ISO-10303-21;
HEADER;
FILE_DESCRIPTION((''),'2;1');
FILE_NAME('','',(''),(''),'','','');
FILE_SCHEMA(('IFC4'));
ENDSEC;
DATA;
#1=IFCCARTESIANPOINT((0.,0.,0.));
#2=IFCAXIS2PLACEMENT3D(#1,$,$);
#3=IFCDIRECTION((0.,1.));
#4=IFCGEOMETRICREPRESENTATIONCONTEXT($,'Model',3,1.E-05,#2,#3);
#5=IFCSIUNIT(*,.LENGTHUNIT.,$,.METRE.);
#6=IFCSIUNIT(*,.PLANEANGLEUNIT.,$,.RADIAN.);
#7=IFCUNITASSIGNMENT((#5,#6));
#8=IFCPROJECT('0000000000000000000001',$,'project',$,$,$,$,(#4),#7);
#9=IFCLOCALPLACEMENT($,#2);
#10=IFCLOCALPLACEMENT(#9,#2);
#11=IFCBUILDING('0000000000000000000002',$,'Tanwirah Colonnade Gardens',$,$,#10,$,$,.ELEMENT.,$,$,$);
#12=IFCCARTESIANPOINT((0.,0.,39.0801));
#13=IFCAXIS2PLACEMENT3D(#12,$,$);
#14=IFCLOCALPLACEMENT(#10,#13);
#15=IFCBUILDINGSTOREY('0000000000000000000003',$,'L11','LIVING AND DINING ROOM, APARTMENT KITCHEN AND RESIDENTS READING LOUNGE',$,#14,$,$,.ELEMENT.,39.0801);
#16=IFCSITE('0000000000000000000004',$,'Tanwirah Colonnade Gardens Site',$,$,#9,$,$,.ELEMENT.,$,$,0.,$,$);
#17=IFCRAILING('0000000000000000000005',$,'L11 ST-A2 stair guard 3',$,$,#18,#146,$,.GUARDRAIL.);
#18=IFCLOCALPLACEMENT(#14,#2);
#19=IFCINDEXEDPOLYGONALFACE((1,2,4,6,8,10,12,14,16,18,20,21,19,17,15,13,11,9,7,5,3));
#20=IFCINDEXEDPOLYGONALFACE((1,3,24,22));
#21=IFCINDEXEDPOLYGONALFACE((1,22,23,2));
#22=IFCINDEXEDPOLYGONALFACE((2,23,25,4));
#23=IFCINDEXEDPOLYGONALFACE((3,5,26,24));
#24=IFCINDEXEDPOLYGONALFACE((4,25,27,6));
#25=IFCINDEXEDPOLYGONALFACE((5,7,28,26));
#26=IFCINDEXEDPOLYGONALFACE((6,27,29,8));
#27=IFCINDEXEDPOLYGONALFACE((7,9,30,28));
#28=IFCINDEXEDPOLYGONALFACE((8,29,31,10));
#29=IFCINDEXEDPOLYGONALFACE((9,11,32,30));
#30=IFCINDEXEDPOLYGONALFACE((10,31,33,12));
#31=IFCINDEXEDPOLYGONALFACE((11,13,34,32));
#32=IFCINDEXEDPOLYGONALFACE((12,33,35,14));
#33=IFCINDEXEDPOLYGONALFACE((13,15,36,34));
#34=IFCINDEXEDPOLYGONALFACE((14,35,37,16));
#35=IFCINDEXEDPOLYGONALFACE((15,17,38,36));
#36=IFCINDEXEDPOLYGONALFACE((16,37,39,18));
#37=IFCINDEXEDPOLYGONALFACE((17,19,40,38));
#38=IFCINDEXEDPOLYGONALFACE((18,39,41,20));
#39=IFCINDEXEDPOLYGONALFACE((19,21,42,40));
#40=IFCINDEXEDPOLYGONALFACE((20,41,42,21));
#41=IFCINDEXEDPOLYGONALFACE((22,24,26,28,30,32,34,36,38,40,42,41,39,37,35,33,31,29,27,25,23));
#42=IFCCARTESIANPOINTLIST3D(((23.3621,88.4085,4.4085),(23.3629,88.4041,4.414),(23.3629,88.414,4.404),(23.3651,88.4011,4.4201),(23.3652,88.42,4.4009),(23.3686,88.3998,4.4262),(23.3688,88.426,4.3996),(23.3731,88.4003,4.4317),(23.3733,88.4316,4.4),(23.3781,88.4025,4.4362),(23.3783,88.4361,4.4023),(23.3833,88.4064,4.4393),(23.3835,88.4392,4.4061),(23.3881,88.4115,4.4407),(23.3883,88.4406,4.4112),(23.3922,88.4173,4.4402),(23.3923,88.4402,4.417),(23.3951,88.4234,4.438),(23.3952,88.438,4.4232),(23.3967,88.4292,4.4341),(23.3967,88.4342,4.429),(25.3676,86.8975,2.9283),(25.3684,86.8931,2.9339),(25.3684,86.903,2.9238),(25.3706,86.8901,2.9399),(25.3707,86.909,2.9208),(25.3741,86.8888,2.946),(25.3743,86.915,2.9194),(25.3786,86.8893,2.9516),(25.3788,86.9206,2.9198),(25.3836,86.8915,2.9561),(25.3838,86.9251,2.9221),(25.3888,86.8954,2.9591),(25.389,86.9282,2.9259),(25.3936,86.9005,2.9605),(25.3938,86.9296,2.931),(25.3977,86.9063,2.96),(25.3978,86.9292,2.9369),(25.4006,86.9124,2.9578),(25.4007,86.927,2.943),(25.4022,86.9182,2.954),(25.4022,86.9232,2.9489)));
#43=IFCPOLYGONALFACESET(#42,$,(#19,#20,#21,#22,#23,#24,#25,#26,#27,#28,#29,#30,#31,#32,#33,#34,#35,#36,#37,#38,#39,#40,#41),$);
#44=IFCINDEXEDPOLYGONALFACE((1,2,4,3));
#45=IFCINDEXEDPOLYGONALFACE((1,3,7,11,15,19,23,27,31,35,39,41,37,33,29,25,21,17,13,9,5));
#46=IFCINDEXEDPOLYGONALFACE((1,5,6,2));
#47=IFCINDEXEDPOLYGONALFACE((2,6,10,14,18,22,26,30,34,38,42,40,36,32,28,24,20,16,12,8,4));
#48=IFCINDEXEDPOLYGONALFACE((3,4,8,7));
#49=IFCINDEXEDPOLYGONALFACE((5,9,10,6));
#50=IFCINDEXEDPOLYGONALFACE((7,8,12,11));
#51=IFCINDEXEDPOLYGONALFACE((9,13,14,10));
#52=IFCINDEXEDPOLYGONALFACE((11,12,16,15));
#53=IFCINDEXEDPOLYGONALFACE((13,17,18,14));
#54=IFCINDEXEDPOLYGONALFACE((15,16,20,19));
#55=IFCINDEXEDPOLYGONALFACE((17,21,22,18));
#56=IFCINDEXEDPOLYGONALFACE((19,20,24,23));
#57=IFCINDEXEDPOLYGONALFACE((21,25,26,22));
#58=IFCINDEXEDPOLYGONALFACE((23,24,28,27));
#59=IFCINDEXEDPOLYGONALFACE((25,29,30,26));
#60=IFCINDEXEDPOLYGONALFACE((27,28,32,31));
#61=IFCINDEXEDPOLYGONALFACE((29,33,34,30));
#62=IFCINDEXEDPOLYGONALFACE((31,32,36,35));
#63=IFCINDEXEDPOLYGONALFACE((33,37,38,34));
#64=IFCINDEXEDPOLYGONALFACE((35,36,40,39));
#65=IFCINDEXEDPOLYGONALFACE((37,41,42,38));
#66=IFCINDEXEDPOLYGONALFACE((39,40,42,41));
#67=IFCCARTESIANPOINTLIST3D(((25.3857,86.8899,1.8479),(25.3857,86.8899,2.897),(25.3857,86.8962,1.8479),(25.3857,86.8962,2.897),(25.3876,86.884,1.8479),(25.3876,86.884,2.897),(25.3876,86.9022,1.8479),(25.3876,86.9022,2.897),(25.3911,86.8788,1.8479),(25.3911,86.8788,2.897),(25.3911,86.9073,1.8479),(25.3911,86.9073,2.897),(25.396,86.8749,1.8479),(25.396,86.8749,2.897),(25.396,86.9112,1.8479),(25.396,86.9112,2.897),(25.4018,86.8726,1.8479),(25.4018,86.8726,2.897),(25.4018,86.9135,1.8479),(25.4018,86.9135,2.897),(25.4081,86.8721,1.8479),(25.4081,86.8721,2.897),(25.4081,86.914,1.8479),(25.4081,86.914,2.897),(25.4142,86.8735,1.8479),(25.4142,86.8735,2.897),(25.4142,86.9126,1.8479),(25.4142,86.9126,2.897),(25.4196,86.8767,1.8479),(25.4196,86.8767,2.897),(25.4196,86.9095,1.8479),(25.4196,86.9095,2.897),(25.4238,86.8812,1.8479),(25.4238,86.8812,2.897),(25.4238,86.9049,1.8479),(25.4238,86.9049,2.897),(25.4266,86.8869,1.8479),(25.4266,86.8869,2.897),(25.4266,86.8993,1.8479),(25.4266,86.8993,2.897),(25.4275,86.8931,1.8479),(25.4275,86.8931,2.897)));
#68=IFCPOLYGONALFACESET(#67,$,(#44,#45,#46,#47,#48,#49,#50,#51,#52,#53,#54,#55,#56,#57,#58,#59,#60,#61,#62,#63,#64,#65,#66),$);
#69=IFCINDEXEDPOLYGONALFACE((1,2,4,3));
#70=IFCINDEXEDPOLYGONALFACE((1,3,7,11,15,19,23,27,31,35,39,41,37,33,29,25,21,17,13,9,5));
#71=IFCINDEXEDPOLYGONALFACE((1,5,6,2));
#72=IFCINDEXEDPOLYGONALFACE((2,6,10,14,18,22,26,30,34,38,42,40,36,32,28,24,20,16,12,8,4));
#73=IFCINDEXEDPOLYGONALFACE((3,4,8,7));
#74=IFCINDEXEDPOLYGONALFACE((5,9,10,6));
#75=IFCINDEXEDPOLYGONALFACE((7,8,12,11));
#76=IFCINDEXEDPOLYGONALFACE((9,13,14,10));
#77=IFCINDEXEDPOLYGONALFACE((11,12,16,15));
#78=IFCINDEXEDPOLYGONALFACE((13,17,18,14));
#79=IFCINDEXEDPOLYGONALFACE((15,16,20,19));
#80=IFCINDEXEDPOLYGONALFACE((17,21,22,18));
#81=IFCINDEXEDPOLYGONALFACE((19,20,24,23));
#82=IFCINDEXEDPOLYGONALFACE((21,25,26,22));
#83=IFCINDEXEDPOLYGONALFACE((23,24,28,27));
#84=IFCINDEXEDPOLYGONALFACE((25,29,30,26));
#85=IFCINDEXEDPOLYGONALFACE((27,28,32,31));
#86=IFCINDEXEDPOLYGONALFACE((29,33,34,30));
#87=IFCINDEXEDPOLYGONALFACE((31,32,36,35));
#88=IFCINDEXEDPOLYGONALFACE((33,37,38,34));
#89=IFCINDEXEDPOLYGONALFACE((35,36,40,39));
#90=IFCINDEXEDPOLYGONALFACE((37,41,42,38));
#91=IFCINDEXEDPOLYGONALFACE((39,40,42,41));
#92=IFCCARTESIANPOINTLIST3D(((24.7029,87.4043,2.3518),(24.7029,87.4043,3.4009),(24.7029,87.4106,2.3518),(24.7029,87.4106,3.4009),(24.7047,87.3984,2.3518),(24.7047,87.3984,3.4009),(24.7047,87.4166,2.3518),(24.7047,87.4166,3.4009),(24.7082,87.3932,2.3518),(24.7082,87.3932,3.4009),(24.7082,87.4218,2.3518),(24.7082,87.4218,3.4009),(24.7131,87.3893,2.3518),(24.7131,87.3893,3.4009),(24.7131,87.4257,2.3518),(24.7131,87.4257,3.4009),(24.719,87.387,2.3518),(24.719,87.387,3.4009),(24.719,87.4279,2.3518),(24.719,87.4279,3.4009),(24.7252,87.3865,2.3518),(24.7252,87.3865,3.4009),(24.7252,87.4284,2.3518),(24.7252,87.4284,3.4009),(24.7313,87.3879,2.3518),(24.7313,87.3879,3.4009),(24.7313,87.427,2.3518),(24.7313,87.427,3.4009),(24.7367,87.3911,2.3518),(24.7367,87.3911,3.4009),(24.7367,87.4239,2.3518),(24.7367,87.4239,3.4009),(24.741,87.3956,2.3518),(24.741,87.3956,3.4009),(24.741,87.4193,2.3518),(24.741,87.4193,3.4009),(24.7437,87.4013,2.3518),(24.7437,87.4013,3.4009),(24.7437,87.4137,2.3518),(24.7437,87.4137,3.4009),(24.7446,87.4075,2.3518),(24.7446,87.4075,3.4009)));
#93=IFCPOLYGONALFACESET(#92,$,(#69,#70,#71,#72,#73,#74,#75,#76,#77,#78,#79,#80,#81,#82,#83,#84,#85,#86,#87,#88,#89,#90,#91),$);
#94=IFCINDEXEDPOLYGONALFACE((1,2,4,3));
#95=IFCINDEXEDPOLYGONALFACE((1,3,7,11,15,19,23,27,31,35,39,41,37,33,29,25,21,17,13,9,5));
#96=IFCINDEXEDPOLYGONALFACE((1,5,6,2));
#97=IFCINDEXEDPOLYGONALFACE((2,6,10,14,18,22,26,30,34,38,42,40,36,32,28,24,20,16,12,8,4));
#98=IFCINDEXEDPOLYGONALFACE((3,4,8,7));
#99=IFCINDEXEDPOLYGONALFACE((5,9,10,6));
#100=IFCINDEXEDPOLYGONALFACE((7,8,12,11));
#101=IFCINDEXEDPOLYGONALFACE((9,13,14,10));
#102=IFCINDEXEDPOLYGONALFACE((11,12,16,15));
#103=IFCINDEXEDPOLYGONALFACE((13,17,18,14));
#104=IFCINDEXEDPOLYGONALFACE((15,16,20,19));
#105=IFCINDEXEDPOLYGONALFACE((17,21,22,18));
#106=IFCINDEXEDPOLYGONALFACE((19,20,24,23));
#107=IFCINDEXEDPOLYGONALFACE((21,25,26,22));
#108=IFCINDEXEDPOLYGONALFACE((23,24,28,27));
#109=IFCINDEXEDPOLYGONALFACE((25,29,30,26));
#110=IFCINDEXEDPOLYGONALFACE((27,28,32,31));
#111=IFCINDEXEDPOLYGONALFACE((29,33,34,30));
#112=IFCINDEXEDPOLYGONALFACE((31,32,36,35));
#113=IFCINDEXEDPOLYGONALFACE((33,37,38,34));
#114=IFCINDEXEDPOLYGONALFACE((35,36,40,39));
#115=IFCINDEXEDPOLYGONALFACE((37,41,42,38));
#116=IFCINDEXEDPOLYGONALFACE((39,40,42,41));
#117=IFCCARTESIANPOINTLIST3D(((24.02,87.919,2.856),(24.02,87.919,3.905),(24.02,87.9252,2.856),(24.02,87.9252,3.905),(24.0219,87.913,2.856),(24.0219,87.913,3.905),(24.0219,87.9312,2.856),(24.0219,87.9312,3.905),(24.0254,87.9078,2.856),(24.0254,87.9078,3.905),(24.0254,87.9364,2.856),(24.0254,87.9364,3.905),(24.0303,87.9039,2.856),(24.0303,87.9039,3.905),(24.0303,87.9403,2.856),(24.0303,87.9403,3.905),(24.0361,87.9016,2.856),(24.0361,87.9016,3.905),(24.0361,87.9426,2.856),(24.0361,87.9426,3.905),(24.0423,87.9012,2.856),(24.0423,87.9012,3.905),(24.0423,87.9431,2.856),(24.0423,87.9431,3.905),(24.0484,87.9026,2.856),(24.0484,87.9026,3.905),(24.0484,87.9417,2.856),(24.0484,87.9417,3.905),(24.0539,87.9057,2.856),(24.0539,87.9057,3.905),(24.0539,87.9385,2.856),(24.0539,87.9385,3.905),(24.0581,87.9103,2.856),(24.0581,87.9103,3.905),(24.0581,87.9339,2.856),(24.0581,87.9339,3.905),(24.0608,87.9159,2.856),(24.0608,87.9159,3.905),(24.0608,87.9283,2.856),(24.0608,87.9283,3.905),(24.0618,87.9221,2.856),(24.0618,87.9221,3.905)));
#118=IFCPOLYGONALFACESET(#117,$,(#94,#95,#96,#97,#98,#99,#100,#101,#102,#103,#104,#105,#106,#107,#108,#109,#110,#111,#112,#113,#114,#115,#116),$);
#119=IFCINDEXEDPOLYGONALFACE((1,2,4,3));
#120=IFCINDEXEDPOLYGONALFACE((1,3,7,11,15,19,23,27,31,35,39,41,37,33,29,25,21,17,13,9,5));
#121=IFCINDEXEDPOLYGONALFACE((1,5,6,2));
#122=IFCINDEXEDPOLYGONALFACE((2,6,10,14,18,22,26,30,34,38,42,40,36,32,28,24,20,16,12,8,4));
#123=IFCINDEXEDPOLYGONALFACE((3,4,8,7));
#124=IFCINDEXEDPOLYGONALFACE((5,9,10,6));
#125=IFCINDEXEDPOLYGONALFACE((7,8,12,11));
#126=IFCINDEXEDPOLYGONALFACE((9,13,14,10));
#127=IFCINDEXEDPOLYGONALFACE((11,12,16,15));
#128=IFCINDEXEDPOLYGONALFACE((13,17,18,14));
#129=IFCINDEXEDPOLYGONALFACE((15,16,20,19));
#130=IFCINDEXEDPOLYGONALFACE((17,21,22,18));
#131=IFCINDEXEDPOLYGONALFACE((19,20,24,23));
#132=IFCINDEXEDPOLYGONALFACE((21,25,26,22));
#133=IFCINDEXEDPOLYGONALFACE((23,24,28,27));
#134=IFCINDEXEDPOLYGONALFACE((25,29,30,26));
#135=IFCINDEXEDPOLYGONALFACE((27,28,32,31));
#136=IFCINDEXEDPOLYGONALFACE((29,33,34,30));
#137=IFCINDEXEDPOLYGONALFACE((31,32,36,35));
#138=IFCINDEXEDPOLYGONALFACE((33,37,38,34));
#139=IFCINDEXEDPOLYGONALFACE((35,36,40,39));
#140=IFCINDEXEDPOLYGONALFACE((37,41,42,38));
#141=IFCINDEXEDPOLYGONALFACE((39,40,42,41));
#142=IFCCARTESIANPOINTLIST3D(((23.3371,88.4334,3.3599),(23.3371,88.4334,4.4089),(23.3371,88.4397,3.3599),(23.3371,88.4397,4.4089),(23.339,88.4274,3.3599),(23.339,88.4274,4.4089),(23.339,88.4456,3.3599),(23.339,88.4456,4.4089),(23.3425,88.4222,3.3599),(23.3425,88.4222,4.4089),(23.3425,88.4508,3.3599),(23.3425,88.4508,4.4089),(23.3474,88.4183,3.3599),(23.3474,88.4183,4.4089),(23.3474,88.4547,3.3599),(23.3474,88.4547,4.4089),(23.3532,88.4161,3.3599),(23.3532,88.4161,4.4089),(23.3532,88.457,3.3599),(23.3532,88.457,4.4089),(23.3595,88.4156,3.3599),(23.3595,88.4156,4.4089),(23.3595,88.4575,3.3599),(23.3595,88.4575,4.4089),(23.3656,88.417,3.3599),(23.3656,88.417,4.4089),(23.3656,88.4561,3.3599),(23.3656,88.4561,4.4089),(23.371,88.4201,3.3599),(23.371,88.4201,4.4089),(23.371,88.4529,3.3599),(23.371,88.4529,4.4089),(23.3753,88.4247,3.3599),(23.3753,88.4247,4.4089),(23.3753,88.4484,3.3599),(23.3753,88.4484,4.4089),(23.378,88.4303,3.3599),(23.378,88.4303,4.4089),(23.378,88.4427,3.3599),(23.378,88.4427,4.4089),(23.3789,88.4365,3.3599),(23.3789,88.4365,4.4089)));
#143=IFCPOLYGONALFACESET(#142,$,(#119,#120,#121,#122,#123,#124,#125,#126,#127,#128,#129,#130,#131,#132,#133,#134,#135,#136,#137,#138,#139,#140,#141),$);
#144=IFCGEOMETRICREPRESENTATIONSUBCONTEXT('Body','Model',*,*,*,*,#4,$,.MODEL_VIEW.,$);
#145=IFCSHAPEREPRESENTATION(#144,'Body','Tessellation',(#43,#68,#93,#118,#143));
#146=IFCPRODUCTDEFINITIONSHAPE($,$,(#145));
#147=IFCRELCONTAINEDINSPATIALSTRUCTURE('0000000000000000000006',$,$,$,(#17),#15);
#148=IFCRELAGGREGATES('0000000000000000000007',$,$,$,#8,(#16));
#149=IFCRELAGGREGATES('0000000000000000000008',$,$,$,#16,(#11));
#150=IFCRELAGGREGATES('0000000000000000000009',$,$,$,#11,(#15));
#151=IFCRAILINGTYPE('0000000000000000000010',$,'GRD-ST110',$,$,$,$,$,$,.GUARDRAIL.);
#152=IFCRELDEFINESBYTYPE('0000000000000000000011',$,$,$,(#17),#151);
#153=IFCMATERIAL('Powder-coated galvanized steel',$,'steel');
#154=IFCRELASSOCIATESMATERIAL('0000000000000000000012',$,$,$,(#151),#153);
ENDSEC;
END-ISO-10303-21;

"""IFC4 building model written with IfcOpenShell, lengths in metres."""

from ifc_helpers import new_model, si_unit, direction, frame, origin, origin_2d, place, context, subcontext, project, spatial, circle, extrude, material, type_object, element, save


model = new_model("IFC4")

# Units and contexts
model_context = context("Model", 3, precision=1e-05, world=origin(), true_north=direction((0.0, 1.0)))
body_context = subcontext(model_context, "Body", "Model", "MODEL_VIEW")
ifc_project = project(units=[si_unit("LENGTHUNIT", "METRE"), si_unit("PLANEANGLEUNIT", "RADIAN")], contexts=[model_context])

# Site, building, storey
site_placement = place(None, origin())
site = spatial("IfcSite", under=ifc_project, at=site_placement, Name="Tanwirah Colonnade Gardens Site", CompositionType="ELEMENT", RefElevation=0.0)
building_placement = place(site_placement, origin())
building = spatial("IfcBuilding", under=site, at=building_placement, Name="Tanwirah Colonnade Gardens", CompositionType="ELEMENT")
storey_placement = place(building_placement, frame((0.0, 0.0, 39.0801)))
storey = spatial("IfcBuildingStorey", under=building, at=storey_placement, Name="L11", Description="LIVING AND DINING ROOM, APARTMENT KITCHEN AND RESIDENTS READING LOUNGE", CompositionType="ELEMENT", Elevation=39.0801)

# Railing
ifc_material_1 = material(Name="Powder-coated galvanized steel", Category="steel")
railing_type_1 = type_object("IfcRailingType", Name="GRD-ST110", PredefinedType="GUARDRAIL", material=ifc_material_1)
railing_1_placement = place(storey_placement, frame((25.4065, 86.8931, 1.8479)))
element("IfcRailing", 1, at=railing_1_placement, inside=storey, type_object=railing_type_1, Name="L11 ST-A2 stair guard 3", PredefinedType="GUARDRAIL", context=body_context, shape_type="SweptSolid", body=[
    extrude(circle(Radius=0.0239, at=origin_2d()), frame((-0.0215, 0.0161, 1.092), z_axis=(-0.688042, 0.518389, 0.507811), x_axis=(-0.60175, -0.798685, 0.0)), (0.0, 0.0, 1.0), 2.9148),
    extrude(circle(Radius=0.021, at=origin_2d()), origin(), (0.0, 0.0, 1.0), 1.0491),
    extrude(circle(Radius=0.021, at=origin_2d()), frame((-0.6829, 0.5144, 0.5039)), (0.0, 0.0, 1.0), 1.0491),
    extrude(circle(Radius=0.021, at=origin_2d()), frame((-1.3657, 1.0291, 1.0081)), (0.0, 0.0, 1.0), 1.0491),
    extrude(circle(Radius=0.021, at=origin_2d()), frame((-2.0486, 1.5435, 1.512)), (0.0, 0.0, 1.0), 1.0491),
])

save(model, "model.ifc")
